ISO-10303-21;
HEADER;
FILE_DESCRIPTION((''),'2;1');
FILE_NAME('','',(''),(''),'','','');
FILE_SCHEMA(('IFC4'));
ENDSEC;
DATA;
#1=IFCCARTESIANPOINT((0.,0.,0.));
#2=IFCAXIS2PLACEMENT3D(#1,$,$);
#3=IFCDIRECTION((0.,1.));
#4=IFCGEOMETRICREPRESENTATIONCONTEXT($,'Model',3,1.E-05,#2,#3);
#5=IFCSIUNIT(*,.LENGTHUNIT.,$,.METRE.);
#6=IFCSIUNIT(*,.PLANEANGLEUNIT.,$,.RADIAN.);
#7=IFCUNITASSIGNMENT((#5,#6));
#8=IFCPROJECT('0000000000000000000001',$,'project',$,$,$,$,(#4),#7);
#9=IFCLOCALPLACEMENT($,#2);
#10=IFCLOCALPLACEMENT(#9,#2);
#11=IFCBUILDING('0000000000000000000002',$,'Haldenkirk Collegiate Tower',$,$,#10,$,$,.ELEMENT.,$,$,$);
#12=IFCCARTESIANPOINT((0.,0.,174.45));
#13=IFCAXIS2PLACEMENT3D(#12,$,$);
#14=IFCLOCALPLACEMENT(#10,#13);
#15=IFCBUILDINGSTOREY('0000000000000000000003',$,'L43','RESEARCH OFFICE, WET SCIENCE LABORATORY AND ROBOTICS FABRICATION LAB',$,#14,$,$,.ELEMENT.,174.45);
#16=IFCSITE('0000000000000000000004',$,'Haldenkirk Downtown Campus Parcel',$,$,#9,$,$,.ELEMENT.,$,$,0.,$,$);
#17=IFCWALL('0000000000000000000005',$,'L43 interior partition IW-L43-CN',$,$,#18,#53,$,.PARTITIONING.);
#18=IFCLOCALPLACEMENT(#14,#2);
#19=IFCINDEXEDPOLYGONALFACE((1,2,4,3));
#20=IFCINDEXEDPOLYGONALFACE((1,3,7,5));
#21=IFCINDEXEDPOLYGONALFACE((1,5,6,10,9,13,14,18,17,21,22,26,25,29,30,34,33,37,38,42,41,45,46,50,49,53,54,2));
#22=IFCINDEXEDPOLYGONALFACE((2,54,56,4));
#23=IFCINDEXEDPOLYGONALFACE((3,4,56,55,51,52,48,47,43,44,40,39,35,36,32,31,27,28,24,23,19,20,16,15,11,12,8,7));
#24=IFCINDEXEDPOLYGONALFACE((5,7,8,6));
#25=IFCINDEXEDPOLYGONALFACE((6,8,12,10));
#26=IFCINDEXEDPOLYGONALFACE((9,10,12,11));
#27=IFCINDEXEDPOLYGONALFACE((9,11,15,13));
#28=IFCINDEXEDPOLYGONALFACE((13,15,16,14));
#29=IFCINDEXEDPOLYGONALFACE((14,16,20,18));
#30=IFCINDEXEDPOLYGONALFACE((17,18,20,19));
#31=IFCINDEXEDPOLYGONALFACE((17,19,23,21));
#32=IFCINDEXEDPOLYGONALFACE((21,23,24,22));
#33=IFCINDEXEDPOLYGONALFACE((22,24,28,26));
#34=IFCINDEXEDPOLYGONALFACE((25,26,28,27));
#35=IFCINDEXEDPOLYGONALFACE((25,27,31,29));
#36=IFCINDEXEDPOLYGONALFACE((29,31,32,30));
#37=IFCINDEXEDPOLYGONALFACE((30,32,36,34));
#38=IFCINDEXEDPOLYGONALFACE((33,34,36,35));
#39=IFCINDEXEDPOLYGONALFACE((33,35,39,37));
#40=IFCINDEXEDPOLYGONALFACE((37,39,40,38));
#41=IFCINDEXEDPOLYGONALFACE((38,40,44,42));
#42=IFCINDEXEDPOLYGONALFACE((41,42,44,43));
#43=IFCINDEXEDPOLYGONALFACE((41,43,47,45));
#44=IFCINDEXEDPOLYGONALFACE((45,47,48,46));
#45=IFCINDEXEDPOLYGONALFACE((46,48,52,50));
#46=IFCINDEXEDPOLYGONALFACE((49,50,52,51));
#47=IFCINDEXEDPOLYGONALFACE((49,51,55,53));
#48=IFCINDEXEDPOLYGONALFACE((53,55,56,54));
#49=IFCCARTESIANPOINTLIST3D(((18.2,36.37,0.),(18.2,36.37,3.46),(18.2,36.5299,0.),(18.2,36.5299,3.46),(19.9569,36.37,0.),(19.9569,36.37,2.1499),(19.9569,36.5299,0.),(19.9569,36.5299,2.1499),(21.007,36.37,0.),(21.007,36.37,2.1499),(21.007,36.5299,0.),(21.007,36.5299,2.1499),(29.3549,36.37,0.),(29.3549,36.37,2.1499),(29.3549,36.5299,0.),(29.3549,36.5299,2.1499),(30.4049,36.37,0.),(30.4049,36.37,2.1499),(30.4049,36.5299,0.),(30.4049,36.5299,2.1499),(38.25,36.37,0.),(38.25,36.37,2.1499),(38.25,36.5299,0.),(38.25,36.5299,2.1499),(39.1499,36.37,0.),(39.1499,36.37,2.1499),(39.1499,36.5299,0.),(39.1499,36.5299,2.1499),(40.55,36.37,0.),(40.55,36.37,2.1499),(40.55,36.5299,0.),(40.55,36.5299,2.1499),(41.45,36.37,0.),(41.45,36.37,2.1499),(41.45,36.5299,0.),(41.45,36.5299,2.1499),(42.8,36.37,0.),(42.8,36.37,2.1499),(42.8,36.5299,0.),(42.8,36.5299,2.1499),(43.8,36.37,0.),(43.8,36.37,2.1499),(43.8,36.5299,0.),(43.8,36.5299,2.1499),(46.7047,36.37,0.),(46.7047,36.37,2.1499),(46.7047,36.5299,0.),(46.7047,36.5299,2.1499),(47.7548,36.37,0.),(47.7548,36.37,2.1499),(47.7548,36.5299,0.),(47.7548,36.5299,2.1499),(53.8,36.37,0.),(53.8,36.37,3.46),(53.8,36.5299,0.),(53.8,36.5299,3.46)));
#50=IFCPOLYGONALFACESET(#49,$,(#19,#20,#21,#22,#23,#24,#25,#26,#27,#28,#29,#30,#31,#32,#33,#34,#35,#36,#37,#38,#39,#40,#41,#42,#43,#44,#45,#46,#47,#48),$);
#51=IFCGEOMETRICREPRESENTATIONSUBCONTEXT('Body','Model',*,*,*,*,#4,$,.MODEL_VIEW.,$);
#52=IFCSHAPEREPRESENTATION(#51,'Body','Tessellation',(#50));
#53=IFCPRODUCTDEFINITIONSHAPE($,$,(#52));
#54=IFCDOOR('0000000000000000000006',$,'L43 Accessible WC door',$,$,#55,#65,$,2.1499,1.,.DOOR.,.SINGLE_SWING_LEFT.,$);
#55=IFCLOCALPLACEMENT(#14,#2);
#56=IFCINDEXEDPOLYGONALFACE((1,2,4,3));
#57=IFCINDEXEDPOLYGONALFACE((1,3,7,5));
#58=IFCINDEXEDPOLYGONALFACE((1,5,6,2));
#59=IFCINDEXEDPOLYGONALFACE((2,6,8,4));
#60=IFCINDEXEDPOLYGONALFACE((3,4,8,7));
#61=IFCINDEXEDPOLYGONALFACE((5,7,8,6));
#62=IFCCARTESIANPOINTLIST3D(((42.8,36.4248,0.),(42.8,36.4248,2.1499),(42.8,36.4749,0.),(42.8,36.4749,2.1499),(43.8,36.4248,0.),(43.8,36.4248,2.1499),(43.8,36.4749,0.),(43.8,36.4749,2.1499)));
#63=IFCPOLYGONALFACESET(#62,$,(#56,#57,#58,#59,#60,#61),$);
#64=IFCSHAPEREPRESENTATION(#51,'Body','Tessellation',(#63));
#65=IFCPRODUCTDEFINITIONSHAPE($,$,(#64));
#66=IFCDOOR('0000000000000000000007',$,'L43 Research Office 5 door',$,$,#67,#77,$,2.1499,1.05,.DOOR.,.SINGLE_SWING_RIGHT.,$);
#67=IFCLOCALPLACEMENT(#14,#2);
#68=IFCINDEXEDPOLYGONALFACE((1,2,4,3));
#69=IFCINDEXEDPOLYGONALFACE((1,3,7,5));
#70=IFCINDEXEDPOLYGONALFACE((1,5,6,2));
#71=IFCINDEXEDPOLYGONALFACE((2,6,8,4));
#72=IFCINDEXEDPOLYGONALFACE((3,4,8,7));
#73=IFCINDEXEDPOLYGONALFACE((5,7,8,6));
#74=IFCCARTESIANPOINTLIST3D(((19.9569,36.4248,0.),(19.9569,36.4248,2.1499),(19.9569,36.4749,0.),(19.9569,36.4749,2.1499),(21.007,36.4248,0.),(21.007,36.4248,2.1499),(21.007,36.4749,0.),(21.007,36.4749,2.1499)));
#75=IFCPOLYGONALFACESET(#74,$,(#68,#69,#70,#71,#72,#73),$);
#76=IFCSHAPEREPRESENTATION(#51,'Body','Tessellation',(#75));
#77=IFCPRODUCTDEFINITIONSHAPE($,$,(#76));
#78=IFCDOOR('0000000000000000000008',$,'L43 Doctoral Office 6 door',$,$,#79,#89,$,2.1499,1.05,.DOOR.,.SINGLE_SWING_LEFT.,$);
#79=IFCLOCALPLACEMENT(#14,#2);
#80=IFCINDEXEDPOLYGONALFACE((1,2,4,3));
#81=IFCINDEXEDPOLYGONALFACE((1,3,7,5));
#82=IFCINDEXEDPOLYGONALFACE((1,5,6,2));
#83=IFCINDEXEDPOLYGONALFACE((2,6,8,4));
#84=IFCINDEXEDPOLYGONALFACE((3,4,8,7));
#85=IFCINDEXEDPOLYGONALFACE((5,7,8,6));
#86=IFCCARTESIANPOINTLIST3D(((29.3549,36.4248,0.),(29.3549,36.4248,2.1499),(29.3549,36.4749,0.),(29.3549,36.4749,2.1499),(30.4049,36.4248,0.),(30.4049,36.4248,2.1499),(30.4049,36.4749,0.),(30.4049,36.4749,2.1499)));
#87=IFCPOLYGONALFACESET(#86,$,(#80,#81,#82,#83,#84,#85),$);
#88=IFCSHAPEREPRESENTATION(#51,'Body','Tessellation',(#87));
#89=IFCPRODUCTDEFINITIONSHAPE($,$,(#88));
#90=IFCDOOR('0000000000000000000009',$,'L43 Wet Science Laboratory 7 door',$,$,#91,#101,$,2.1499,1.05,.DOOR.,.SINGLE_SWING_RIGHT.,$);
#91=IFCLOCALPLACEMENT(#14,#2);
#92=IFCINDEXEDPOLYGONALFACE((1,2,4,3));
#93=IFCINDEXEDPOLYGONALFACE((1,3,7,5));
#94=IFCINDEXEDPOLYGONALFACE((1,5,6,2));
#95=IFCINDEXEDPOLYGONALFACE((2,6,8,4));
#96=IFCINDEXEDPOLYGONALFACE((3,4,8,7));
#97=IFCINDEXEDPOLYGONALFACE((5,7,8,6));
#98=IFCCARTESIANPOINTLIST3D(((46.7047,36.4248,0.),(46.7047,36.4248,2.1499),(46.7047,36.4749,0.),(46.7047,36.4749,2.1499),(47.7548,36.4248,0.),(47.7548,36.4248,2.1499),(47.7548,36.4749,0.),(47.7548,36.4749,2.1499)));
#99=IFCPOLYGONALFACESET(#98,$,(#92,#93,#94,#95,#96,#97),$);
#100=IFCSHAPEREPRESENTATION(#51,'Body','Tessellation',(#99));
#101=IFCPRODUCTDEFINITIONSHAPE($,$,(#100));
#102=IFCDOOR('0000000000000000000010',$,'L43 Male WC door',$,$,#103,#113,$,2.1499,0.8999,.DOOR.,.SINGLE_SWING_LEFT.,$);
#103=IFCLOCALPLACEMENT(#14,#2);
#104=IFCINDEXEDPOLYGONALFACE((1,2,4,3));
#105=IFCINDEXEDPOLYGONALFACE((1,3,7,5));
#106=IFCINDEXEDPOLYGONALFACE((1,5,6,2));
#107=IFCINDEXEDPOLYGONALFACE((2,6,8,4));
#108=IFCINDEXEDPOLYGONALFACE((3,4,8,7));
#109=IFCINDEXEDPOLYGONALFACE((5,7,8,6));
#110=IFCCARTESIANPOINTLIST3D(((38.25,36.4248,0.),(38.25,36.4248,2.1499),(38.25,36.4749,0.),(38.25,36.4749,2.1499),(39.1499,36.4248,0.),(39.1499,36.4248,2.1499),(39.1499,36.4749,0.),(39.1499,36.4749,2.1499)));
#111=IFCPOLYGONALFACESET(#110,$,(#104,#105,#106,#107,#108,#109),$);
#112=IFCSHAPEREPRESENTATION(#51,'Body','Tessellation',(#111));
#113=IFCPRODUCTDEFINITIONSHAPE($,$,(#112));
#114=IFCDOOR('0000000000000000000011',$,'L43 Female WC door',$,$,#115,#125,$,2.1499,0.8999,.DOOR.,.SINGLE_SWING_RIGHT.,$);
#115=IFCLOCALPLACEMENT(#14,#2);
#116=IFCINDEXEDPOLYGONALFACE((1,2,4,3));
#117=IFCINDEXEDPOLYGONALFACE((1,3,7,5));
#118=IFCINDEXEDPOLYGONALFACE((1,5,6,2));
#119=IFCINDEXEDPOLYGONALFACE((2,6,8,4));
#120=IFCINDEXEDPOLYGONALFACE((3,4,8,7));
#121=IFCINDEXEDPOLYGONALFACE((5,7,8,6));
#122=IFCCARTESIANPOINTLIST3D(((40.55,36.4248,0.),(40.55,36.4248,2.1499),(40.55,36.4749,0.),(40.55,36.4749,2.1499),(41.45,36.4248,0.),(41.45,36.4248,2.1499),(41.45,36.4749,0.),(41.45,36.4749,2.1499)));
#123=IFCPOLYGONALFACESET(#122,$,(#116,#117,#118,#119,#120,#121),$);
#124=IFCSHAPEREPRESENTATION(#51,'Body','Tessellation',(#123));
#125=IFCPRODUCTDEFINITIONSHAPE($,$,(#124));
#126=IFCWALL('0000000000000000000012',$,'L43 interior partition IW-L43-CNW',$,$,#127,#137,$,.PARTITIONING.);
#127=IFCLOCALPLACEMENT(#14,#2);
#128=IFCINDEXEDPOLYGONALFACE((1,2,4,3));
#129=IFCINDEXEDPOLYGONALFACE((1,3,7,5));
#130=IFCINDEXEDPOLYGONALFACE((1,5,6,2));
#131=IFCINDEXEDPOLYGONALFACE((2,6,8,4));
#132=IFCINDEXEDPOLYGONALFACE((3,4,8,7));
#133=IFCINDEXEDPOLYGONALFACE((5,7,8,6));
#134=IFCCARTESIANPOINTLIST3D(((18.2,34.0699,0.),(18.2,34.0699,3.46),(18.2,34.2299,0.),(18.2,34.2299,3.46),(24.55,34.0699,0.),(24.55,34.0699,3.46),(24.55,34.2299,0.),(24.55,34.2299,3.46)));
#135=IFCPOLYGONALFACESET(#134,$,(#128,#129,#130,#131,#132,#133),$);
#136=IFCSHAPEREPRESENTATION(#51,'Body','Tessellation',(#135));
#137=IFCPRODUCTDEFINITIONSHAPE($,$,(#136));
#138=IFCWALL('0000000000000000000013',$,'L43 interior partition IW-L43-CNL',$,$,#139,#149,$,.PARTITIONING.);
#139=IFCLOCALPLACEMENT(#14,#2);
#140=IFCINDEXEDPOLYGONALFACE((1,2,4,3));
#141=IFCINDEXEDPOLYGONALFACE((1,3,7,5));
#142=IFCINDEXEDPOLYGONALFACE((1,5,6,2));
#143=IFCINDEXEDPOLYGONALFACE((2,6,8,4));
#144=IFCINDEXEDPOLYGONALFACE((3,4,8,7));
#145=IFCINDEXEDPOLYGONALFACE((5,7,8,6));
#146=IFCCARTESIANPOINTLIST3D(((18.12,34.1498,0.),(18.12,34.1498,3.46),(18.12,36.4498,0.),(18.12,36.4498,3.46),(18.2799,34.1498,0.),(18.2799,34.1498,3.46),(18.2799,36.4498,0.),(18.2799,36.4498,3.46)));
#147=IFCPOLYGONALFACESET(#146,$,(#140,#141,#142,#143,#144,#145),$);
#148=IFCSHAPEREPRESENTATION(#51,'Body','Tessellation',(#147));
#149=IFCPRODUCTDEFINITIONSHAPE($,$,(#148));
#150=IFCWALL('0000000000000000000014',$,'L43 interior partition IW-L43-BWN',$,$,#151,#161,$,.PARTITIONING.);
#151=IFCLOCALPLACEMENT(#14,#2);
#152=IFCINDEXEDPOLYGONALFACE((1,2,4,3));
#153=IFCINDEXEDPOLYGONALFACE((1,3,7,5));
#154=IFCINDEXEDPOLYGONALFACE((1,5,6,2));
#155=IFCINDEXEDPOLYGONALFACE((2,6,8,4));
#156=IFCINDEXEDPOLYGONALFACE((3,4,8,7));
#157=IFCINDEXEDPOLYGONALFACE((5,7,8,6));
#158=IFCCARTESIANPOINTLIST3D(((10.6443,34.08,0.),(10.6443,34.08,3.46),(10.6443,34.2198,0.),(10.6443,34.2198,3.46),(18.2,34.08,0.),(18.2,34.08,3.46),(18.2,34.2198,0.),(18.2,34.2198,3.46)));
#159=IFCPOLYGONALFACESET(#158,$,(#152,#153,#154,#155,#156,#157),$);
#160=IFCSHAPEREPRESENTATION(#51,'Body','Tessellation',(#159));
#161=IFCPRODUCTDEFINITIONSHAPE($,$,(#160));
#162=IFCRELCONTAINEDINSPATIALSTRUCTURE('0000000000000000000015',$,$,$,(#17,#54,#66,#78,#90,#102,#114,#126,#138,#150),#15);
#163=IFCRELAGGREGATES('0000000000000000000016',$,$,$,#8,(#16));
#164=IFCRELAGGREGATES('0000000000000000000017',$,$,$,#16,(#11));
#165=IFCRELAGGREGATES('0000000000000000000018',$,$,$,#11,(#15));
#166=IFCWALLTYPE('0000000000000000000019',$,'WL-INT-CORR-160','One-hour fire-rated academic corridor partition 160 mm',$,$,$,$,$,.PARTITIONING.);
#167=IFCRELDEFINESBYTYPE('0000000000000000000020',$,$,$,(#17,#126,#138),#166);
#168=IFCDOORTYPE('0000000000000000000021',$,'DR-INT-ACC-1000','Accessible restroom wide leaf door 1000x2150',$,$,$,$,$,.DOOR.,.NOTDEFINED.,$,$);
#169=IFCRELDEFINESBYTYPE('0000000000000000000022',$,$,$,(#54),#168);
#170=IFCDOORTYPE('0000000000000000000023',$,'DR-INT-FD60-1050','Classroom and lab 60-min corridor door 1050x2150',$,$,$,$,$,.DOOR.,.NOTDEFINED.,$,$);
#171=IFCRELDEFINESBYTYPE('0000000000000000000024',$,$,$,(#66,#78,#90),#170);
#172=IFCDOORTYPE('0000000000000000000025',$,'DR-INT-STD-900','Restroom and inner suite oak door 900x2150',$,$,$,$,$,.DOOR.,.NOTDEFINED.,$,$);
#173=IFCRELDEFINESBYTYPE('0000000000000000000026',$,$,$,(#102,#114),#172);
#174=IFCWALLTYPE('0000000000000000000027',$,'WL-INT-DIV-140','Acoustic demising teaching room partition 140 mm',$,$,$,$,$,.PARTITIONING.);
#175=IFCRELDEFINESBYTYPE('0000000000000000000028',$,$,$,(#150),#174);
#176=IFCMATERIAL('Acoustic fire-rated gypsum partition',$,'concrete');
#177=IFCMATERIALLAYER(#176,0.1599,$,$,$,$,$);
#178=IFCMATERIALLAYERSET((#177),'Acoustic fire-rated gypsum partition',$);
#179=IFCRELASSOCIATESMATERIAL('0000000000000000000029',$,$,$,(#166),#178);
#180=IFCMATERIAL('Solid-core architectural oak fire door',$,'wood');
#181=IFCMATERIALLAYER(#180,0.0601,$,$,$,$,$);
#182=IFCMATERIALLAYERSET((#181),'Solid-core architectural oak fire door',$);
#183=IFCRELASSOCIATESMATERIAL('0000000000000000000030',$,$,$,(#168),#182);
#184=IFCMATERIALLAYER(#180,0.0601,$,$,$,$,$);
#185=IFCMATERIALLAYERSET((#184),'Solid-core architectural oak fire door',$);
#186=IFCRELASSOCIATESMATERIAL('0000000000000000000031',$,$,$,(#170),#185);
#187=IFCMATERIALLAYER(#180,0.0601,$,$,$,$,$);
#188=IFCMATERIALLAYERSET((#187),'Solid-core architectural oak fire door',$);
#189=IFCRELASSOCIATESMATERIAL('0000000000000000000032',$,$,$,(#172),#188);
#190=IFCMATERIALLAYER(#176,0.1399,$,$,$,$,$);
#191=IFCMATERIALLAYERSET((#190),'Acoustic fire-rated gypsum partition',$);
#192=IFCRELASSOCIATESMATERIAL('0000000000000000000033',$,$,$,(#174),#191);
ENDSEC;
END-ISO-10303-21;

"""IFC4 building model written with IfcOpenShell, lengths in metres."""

from ifc_helpers import new_model, si_unit, direction, frame, frame_2d, origin, place, context, subcontext, project, spatial, rectangle, extrude, material, layer, layer_set, type_object, element, fill, save


model = new_model("IFC4")

# Units and contexts
model_context = context("Model", 3, precision=1e-05, world=origin(), true_north=direction((0.0, 1.0)))
body_context = subcontext(model_context, "Body", "Model", "MODEL_VIEW")
ifc_project = project(units=[si_unit("LENGTHUNIT", "METRE"), si_unit("PLANEANGLEUNIT", "RADIAN")], contexts=[model_context])

# Site, building, storey
site_placement = place(None, origin())
site = spatial("IfcSite", under=ifc_project, at=site_placement, Name="Haldenkirk Downtown Campus Parcel", CompositionType="ELEMENT", RefElevation=0.0)
building_placement = place(site_placement, origin())
building = spatial("IfcBuilding", under=site, at=building_placement, Name="Haldenkirk Collegiate Tower", CompositionType="ELEMENT")
storey_placement = place(building_placement, frame((0.0, 0.0, 174.45)))
storey = spatial("IfcBuildingStorey", under=building, at=storey_placement, Name="L43", Description="RESEARCH OFFICE, WET SCIENCE LABORATORY AND ROBOTICS FABRICATION LAB", CompositionType="ELEMENT", Elevation=174.45)

# Wall, openings, doors
ifc_material_1 = material(Name="Acoustic fire-rated gypsum partition", Category="concrete")
ifc_layer_1 = layer(ifc_material_1, 0.1599)
ifc_layer_set_1 = layer_set([ifc_layer_1], Name="Acoustic fire-rated gypsum partition")
wall_type_1 = type_object("IfcWallType", Name="WL-INT-CORR-160", Description="One-hour fire-rated academic corridor partition 160 mm", PredefinedType="PARTITIONING", material=ifc_layer_set_1)
wall_1_placement = place(storey_placement, frame((18.2, 36.45, 0.0), z_axis=(0.0, 0.0, 1.0), x_axis=(1.0, 0.0, 0.0)))
wall_1 = element("IfcWall", 1, at=wall_1_placement, inside=storey, type_object=wall_type_1, Name="L43 interior partition IW-L43-CN", PredefinedType="PARTITIONING", context=body_context, shape_type="SweptSolid", body=[
    extrude(rectangle(XDim=35.6001, YDim=0.1599, at=frame_2d((17.8, 0.0))), origin(), (0.0, 0.0, 1.0), 3.46),
])
opening_1_placement = place(wall_1_placement, frame((20.05, 0.0, 0.0)))
opening_1 = element("IfcOpeningElement", 2, at=opening_1_placement, cuts=wall_1, PredefinedType="OPENING", context=body_context, shape_type="SweptSolid", body=[
    extrude(rectangle(XDim=0.8999, YDim=2.1499, at=frame_2d((0.45, 1.075))), frame((0.0, 0.0898, 0.0), z_axis=(0.0, -1.0, 0.0), x_axis=(1.0, 0.0, 0.0)), (0.0, 0.0, 1.0), 0.1799),
])
opening_2_placement = place(wall_1_placement, frame((22.3501, 0.0, 0.0)))
opening_2 = element("IfcOpeningElement", 3, at=opening_2_placement, cuts=wall_1, PredefinedType="OPENING", context=body_context, shape_type="SweptSolid", body=[
    extrude(rectangle(XDim=0.8999, YDim=2.1499, at=frame_2d((0.45, 1.075))), frame((0.0, 0.0898, 0.0), z_axis=(0.0, -1.0, 0.0), x_axis=(1.0, 0.0, 0.0)), (0.0, 0.0, 1.0), 0.1799),
])
opening_3_placement = place(wall_1_placement, frame((24.6001, 0.0, 0.0)))
opening_3 = element("IfcOpeningElement", 4, at=opening_3_placement, cuts=wall_1, PredefinedType="OPENING", context=body_context, shape_type="SweptSolid", body=[
    extrude(rectangle(XDim=1.0, YDim=2.1499, at=frame_2d((0.5, 1.075))), frame((0.0, 0.0898, 0.0), z_axis=(0.0, -1.0, 0.0), x_axis=(1.0, 0.0, 0.0)), (0.0, 0.0, 1.0), 0.1799),
])
opening_4_placement = place(wall_1_placement, frame((1.7571, 0.0, 0.0)))
opening_4 = element("IfcOpeningElement", 5, at=opening_4_placement, cuts=wall_1, PredefinedType="OPENING", context=body_context, shape_type="SweptSolid", body=[
    extrude(rectangle(XDim=1.05, YDim=2.1499, at=frame_2d((0.5249, 1.075))), frame((0.0, 0.0898, 0.0), z_axis=(0.0, -1.0, 0.0), x_axis=(1.0, 0.0, 0.0)), (0.0, 0.0, 1.0), 0.1799),
])
opening_5_placement = place(wall_1_placement, frame((11.155, 0.0, 0.0)))
opening_5 = element("IfcOpeningElement", 6, at=opening_5_placement, cuts=wall_1, PredefinedType="OPENING", context=body_context, shape_type="SweptSolid", body=[
    extrude(rectangle(XDim=1.05, YDim=2.1499, at=frame_2d((0.5249, 1.075))), frame((0.0, 0.0898, 0.0), z_axis=(0.0, -1.0, 0.0), x_axis=(1.0, 0.0, 0.0)), (0.0, 0.0, 1.0), 0.1799),
])
opening_6_placement = place(wall_1_placement, frame((28.5049, 0.0, 0.0)))
opening_6 = element("IfcOpeningElement", 7, at=opening_6_placement, cuts=wall_1, PredefinedType="OPENING", context=body_context, shape_type="SweptSolid", body=[
    extrude(rectangle(XDim=1.05, YDim=2.1499, at=frame_2d((0.5249, 1.075))), frame((0.0, 0.0898, 0.0), z_axis=(0.0, -1.0, 0.0), x_axis=(1.0, 0.0, 0.0)), (0.0, 0.0, 1.0), 0.1799),
])
ifc_material_2 = material(Name="Solid-core architectural oak fire door", Category="wood")
ifc_layer_2 = layer(ifc_material_2, 0.0601)
ifc_layer_set_2 = layer_set([ifc_layer_2], Name="Solid-core architectural oak fire door")
door_type_1 = type_object("IfcDoorType", Name="DR-INT-ACC-1000", Description="Accessible restroom wide leaf door 1000x2150", OperationType="NOTDEFINED", PredefinedType="DOOR", material=ifc_layer_set_2)
door_1_placement = place(opening_3_placement, origin())
door_1 = element("IfcDoor", 8, at=door_1_placement, inside=storey, type_object=door_type_1, Name="L43 Accessible WC door", OperationType="SINGLE_SWING_LEFT", OverallHeight=2.1499, OverallWidth=1.0, PredefinedType="DOOR", context=body_context, shape_type="SweptSolid", body=[
    extrude(rectangle(XDim=1.0, YDim=2.1499, at=frame_2d((0.5, 1.075))), frame((0.0, 0.0249, 0.0), z_axis=(0.0, -1.0, 0.0), x_axis=(1.0, 0.0, 0.0)), (0.0, 0.0, 1.0), 0.05),
])
fill(opening_3, door_1)
ifc_layer_3 = layer(ifc_material_2, 0.0601)
ifc_layer_set_3 = layer_set([ifc_layer_3], Name="Solid-core architectural oak fire door")
door_type_2 = type_object("IfcDoorType", Name="DR-INT-FD60-1050", Description="Classroom and lab 60-min corridor door 1050x2150", OperationType="NOTDEFINED", PredefinedType="DOOR", material=ifc_layer_set_3)
door_2_placement = place(opening_4_placement, origin())
door_2 = element("IfcDoor", 9, at=door_2_placement, inside=storey, type_object=door_type_2, Name="L43 Research Office 5 door", OperationType="SINGLE_SWING_RIGHT", OverallHeight=2.1499, OverallWidth=1.05, PredefinedType="DOOR", context=body_context, shape_type="SweptSolid", body=[
    extrude(rectangle(XDim=1.05, YDim=2.1499, at=frame_2d((0.5249, 1.075))), frame((0.0, 0.0249, 0.0), z_axis=(0.0, -1.0, 0.0), x_axis=(1.0, 0.0, 0.0)), (0.0, 0.0, 1.0), 0.05),
])
fill(opening_4, door_2)
door_3_placement = place(opening_5_placement, origin())
door_3 = element("IfcDoor", 10, at=door_3_placement, inside=storey, type_object=door_type_2, Name="L43 Doctoral Office 6 door", OperationType="SINGLE_SWING_LEFT", OverallHeight=2.1499, OverallWidth=1.05, PredefinedType="DOOR", context=body_context, shape_type="SweptSolid", body=[
    extrude(rectangle(XDim=1.05, YDim=2.1499, at=frame_2d((0.5249, 1.075))), frame((0.0, 0.0249, 0.0), z_axis=(0.0, -1.0, 0.0), x_axis=(1.0, 0.0, 0.0)), (0.0, 0.0, 1.0), 0.05),
])
fill(opening_5, door_3)
door_4_placement = place(opening_6_placement, origin())
door_4 = element("IfcDoor", 11, at=door_4_placement, inside=storey, type_object=door_type_2, Name="L43 Wet Science Laboratory 7 door", OperationType="SINGLE_SWING_RIGHT", OverallHeight=2.1499, OverallWidth=1.05, PredefinedType="DOOR", context=body_context, shape_type="SweptSolid", body=[
    extrude(rectangle(XDim=1.05, YDim=2.1499, at=frame_2d((0.5249, 1.075))), frame((0.0, 0.0249, 0.0), z_axis=(0.0, -1.0, 0.0), x_axis=(1.0, 0.0, 0.0)), (0.0, 0.0, 1.0), 0.05),
])
fill(opening_6, door_4)
ifc_layer_4 = layer(ifc_material_2, 0.0601)
ifc_layer_set_4 = layer_set([ifc_layer_4], Name="Solid-core architectural oak fire door")
door_type_3 = type_object("IfcDoorType", Name="DR-INT-STD-900", Description="Restroom and inner suite oak door 900x2150", OperationType="NOTDEFINED", PredefinedType="DOOR", material=ifc_layer_set_4)
door_5_placement = place(opening_1_placement, origin())
door_5 = element("IfcDoor", 12, at=door_5_placement, inside=storey, type_object=door_type_3, Name="L43 Male WC door", OperationType="SINGLE_SWING_LEFT", OverallHeight=2.1499, OverallWidth=0.8999, PredefinedType="DOOR", context=body_context, shape_type="SweptSolid", body=[
    extrude(rectangle(XDim=0.8999, YDim=2.1499, at=frame_2d((0.45, 1.075))), frame((0.0, 0.0249, 0.0), z_axis=(0.0, -1.0, 0.0), x_axis=(1.0, 0.0, 0.0)), (0.0, 0.0, 1.0), 0.05),
])
fill(opening_1, door_5)
door_6_placement = place(opening_2_placement, origin())
door_6 = element("IfcDoor", 13, at=door_6_placement, inside=storey, type_object=door_type_3, Name="L43 Female WC door", OperationType="SINGLE_SWING_RIGHT", OverallHeight=2.1499, OverallWidth=0.8999, PredefinedType="DOOR", context=body_context, shape_type="SweptSolid", body=[
    extrude(rectangle(XDim=0.8999, YDim=2.1499, at=frame_2d((0.45, 1.075))), frame((0.0, 0.0249, 0.0), z_axis=(0.0, -1.0, 0.0), x_axis=(1.0, 0.0, 0.0)), (0.0, 0.0, 1.0), 0.05),
])
fill(opening_2, door_6)

# Walls
wall_2_placement = place(storey_placement, frame((18.2, 34.1499, 0.0), z_axis=(0.0, 0.0, 1.0), x_axis=(1.0, 0.0, 0.0)))
element("IfcWall", 14, at=wall_2_placement, inside=storey, type_object=wall_type_1, Name="L43 interior partition IW-L43-CNW", PredefinedType="PARTITIONING", context=body_context, shape_type="SweptSolid", body=[
    extrude(rectangle(XDim=6.3501, YDim=0.1599, at=frame_2d((3.175, 0.0))), origin(), (0.0, 0.0, 1.0), 3.46),
])
wall_3_placement = place(storey_placement, frame((18.2, 34.1499, 0.0), z_axis=(0.0, 0.0, 1.0), x_axis=(0.0, 1.0, 0.0)))
element("IfcWall", 15, at=wall_3_placement, inside=storey, type_object=wall_type_1, Name="L43 interior partition IW-L43-CNL", PredefinedType="PARTITIONING", context=body_context, shape_type="SweptSolid", body=[
    extrude(rectangle(XDim=2.3, YDim=0.1599, at=frame_2d((1.1499, 0.0))), origin(), (0.0, 0.0, 1.0), 3.46),
])
ifc_layer_5 = layer(ifc_material_1, 0.1399)
ifc_layer_set_5 = layer_set([ifc_layer_5], Name="Acoustic fire-rated gypsum partition")
wall_type_2 = type_object("IfcWallType", Name="WL-INT-DIV-140", Description="Acoustic demising teaching room partition 140 mm", PredefinedType="PARTITIONING", material=ifc_layer_set_5)
wall_4_placement = place(storey_placement, frame((10.6443, 34.1499, 0.0), z_axis=(0.0, 0.0, 1.0), x_axis=(1.0, 0.0, 0.0)))
element("IfcWall", 16, at=wall_4_placement, inside=storey, type_object=wall_type_2, Name="L43 interior partition IW-L43-BWN", PredefinedType="PARTITIONING", context=body_context, shape_type="SweptSolid", body=[
    extrude(rectangle(XDim=7.5557, YDim=0.1399, at=frame_2d((3.7778, 0.0))), origin(), (0.0, 0.0, 1.0), 3.46),
])

save(model, "model.ifc")
